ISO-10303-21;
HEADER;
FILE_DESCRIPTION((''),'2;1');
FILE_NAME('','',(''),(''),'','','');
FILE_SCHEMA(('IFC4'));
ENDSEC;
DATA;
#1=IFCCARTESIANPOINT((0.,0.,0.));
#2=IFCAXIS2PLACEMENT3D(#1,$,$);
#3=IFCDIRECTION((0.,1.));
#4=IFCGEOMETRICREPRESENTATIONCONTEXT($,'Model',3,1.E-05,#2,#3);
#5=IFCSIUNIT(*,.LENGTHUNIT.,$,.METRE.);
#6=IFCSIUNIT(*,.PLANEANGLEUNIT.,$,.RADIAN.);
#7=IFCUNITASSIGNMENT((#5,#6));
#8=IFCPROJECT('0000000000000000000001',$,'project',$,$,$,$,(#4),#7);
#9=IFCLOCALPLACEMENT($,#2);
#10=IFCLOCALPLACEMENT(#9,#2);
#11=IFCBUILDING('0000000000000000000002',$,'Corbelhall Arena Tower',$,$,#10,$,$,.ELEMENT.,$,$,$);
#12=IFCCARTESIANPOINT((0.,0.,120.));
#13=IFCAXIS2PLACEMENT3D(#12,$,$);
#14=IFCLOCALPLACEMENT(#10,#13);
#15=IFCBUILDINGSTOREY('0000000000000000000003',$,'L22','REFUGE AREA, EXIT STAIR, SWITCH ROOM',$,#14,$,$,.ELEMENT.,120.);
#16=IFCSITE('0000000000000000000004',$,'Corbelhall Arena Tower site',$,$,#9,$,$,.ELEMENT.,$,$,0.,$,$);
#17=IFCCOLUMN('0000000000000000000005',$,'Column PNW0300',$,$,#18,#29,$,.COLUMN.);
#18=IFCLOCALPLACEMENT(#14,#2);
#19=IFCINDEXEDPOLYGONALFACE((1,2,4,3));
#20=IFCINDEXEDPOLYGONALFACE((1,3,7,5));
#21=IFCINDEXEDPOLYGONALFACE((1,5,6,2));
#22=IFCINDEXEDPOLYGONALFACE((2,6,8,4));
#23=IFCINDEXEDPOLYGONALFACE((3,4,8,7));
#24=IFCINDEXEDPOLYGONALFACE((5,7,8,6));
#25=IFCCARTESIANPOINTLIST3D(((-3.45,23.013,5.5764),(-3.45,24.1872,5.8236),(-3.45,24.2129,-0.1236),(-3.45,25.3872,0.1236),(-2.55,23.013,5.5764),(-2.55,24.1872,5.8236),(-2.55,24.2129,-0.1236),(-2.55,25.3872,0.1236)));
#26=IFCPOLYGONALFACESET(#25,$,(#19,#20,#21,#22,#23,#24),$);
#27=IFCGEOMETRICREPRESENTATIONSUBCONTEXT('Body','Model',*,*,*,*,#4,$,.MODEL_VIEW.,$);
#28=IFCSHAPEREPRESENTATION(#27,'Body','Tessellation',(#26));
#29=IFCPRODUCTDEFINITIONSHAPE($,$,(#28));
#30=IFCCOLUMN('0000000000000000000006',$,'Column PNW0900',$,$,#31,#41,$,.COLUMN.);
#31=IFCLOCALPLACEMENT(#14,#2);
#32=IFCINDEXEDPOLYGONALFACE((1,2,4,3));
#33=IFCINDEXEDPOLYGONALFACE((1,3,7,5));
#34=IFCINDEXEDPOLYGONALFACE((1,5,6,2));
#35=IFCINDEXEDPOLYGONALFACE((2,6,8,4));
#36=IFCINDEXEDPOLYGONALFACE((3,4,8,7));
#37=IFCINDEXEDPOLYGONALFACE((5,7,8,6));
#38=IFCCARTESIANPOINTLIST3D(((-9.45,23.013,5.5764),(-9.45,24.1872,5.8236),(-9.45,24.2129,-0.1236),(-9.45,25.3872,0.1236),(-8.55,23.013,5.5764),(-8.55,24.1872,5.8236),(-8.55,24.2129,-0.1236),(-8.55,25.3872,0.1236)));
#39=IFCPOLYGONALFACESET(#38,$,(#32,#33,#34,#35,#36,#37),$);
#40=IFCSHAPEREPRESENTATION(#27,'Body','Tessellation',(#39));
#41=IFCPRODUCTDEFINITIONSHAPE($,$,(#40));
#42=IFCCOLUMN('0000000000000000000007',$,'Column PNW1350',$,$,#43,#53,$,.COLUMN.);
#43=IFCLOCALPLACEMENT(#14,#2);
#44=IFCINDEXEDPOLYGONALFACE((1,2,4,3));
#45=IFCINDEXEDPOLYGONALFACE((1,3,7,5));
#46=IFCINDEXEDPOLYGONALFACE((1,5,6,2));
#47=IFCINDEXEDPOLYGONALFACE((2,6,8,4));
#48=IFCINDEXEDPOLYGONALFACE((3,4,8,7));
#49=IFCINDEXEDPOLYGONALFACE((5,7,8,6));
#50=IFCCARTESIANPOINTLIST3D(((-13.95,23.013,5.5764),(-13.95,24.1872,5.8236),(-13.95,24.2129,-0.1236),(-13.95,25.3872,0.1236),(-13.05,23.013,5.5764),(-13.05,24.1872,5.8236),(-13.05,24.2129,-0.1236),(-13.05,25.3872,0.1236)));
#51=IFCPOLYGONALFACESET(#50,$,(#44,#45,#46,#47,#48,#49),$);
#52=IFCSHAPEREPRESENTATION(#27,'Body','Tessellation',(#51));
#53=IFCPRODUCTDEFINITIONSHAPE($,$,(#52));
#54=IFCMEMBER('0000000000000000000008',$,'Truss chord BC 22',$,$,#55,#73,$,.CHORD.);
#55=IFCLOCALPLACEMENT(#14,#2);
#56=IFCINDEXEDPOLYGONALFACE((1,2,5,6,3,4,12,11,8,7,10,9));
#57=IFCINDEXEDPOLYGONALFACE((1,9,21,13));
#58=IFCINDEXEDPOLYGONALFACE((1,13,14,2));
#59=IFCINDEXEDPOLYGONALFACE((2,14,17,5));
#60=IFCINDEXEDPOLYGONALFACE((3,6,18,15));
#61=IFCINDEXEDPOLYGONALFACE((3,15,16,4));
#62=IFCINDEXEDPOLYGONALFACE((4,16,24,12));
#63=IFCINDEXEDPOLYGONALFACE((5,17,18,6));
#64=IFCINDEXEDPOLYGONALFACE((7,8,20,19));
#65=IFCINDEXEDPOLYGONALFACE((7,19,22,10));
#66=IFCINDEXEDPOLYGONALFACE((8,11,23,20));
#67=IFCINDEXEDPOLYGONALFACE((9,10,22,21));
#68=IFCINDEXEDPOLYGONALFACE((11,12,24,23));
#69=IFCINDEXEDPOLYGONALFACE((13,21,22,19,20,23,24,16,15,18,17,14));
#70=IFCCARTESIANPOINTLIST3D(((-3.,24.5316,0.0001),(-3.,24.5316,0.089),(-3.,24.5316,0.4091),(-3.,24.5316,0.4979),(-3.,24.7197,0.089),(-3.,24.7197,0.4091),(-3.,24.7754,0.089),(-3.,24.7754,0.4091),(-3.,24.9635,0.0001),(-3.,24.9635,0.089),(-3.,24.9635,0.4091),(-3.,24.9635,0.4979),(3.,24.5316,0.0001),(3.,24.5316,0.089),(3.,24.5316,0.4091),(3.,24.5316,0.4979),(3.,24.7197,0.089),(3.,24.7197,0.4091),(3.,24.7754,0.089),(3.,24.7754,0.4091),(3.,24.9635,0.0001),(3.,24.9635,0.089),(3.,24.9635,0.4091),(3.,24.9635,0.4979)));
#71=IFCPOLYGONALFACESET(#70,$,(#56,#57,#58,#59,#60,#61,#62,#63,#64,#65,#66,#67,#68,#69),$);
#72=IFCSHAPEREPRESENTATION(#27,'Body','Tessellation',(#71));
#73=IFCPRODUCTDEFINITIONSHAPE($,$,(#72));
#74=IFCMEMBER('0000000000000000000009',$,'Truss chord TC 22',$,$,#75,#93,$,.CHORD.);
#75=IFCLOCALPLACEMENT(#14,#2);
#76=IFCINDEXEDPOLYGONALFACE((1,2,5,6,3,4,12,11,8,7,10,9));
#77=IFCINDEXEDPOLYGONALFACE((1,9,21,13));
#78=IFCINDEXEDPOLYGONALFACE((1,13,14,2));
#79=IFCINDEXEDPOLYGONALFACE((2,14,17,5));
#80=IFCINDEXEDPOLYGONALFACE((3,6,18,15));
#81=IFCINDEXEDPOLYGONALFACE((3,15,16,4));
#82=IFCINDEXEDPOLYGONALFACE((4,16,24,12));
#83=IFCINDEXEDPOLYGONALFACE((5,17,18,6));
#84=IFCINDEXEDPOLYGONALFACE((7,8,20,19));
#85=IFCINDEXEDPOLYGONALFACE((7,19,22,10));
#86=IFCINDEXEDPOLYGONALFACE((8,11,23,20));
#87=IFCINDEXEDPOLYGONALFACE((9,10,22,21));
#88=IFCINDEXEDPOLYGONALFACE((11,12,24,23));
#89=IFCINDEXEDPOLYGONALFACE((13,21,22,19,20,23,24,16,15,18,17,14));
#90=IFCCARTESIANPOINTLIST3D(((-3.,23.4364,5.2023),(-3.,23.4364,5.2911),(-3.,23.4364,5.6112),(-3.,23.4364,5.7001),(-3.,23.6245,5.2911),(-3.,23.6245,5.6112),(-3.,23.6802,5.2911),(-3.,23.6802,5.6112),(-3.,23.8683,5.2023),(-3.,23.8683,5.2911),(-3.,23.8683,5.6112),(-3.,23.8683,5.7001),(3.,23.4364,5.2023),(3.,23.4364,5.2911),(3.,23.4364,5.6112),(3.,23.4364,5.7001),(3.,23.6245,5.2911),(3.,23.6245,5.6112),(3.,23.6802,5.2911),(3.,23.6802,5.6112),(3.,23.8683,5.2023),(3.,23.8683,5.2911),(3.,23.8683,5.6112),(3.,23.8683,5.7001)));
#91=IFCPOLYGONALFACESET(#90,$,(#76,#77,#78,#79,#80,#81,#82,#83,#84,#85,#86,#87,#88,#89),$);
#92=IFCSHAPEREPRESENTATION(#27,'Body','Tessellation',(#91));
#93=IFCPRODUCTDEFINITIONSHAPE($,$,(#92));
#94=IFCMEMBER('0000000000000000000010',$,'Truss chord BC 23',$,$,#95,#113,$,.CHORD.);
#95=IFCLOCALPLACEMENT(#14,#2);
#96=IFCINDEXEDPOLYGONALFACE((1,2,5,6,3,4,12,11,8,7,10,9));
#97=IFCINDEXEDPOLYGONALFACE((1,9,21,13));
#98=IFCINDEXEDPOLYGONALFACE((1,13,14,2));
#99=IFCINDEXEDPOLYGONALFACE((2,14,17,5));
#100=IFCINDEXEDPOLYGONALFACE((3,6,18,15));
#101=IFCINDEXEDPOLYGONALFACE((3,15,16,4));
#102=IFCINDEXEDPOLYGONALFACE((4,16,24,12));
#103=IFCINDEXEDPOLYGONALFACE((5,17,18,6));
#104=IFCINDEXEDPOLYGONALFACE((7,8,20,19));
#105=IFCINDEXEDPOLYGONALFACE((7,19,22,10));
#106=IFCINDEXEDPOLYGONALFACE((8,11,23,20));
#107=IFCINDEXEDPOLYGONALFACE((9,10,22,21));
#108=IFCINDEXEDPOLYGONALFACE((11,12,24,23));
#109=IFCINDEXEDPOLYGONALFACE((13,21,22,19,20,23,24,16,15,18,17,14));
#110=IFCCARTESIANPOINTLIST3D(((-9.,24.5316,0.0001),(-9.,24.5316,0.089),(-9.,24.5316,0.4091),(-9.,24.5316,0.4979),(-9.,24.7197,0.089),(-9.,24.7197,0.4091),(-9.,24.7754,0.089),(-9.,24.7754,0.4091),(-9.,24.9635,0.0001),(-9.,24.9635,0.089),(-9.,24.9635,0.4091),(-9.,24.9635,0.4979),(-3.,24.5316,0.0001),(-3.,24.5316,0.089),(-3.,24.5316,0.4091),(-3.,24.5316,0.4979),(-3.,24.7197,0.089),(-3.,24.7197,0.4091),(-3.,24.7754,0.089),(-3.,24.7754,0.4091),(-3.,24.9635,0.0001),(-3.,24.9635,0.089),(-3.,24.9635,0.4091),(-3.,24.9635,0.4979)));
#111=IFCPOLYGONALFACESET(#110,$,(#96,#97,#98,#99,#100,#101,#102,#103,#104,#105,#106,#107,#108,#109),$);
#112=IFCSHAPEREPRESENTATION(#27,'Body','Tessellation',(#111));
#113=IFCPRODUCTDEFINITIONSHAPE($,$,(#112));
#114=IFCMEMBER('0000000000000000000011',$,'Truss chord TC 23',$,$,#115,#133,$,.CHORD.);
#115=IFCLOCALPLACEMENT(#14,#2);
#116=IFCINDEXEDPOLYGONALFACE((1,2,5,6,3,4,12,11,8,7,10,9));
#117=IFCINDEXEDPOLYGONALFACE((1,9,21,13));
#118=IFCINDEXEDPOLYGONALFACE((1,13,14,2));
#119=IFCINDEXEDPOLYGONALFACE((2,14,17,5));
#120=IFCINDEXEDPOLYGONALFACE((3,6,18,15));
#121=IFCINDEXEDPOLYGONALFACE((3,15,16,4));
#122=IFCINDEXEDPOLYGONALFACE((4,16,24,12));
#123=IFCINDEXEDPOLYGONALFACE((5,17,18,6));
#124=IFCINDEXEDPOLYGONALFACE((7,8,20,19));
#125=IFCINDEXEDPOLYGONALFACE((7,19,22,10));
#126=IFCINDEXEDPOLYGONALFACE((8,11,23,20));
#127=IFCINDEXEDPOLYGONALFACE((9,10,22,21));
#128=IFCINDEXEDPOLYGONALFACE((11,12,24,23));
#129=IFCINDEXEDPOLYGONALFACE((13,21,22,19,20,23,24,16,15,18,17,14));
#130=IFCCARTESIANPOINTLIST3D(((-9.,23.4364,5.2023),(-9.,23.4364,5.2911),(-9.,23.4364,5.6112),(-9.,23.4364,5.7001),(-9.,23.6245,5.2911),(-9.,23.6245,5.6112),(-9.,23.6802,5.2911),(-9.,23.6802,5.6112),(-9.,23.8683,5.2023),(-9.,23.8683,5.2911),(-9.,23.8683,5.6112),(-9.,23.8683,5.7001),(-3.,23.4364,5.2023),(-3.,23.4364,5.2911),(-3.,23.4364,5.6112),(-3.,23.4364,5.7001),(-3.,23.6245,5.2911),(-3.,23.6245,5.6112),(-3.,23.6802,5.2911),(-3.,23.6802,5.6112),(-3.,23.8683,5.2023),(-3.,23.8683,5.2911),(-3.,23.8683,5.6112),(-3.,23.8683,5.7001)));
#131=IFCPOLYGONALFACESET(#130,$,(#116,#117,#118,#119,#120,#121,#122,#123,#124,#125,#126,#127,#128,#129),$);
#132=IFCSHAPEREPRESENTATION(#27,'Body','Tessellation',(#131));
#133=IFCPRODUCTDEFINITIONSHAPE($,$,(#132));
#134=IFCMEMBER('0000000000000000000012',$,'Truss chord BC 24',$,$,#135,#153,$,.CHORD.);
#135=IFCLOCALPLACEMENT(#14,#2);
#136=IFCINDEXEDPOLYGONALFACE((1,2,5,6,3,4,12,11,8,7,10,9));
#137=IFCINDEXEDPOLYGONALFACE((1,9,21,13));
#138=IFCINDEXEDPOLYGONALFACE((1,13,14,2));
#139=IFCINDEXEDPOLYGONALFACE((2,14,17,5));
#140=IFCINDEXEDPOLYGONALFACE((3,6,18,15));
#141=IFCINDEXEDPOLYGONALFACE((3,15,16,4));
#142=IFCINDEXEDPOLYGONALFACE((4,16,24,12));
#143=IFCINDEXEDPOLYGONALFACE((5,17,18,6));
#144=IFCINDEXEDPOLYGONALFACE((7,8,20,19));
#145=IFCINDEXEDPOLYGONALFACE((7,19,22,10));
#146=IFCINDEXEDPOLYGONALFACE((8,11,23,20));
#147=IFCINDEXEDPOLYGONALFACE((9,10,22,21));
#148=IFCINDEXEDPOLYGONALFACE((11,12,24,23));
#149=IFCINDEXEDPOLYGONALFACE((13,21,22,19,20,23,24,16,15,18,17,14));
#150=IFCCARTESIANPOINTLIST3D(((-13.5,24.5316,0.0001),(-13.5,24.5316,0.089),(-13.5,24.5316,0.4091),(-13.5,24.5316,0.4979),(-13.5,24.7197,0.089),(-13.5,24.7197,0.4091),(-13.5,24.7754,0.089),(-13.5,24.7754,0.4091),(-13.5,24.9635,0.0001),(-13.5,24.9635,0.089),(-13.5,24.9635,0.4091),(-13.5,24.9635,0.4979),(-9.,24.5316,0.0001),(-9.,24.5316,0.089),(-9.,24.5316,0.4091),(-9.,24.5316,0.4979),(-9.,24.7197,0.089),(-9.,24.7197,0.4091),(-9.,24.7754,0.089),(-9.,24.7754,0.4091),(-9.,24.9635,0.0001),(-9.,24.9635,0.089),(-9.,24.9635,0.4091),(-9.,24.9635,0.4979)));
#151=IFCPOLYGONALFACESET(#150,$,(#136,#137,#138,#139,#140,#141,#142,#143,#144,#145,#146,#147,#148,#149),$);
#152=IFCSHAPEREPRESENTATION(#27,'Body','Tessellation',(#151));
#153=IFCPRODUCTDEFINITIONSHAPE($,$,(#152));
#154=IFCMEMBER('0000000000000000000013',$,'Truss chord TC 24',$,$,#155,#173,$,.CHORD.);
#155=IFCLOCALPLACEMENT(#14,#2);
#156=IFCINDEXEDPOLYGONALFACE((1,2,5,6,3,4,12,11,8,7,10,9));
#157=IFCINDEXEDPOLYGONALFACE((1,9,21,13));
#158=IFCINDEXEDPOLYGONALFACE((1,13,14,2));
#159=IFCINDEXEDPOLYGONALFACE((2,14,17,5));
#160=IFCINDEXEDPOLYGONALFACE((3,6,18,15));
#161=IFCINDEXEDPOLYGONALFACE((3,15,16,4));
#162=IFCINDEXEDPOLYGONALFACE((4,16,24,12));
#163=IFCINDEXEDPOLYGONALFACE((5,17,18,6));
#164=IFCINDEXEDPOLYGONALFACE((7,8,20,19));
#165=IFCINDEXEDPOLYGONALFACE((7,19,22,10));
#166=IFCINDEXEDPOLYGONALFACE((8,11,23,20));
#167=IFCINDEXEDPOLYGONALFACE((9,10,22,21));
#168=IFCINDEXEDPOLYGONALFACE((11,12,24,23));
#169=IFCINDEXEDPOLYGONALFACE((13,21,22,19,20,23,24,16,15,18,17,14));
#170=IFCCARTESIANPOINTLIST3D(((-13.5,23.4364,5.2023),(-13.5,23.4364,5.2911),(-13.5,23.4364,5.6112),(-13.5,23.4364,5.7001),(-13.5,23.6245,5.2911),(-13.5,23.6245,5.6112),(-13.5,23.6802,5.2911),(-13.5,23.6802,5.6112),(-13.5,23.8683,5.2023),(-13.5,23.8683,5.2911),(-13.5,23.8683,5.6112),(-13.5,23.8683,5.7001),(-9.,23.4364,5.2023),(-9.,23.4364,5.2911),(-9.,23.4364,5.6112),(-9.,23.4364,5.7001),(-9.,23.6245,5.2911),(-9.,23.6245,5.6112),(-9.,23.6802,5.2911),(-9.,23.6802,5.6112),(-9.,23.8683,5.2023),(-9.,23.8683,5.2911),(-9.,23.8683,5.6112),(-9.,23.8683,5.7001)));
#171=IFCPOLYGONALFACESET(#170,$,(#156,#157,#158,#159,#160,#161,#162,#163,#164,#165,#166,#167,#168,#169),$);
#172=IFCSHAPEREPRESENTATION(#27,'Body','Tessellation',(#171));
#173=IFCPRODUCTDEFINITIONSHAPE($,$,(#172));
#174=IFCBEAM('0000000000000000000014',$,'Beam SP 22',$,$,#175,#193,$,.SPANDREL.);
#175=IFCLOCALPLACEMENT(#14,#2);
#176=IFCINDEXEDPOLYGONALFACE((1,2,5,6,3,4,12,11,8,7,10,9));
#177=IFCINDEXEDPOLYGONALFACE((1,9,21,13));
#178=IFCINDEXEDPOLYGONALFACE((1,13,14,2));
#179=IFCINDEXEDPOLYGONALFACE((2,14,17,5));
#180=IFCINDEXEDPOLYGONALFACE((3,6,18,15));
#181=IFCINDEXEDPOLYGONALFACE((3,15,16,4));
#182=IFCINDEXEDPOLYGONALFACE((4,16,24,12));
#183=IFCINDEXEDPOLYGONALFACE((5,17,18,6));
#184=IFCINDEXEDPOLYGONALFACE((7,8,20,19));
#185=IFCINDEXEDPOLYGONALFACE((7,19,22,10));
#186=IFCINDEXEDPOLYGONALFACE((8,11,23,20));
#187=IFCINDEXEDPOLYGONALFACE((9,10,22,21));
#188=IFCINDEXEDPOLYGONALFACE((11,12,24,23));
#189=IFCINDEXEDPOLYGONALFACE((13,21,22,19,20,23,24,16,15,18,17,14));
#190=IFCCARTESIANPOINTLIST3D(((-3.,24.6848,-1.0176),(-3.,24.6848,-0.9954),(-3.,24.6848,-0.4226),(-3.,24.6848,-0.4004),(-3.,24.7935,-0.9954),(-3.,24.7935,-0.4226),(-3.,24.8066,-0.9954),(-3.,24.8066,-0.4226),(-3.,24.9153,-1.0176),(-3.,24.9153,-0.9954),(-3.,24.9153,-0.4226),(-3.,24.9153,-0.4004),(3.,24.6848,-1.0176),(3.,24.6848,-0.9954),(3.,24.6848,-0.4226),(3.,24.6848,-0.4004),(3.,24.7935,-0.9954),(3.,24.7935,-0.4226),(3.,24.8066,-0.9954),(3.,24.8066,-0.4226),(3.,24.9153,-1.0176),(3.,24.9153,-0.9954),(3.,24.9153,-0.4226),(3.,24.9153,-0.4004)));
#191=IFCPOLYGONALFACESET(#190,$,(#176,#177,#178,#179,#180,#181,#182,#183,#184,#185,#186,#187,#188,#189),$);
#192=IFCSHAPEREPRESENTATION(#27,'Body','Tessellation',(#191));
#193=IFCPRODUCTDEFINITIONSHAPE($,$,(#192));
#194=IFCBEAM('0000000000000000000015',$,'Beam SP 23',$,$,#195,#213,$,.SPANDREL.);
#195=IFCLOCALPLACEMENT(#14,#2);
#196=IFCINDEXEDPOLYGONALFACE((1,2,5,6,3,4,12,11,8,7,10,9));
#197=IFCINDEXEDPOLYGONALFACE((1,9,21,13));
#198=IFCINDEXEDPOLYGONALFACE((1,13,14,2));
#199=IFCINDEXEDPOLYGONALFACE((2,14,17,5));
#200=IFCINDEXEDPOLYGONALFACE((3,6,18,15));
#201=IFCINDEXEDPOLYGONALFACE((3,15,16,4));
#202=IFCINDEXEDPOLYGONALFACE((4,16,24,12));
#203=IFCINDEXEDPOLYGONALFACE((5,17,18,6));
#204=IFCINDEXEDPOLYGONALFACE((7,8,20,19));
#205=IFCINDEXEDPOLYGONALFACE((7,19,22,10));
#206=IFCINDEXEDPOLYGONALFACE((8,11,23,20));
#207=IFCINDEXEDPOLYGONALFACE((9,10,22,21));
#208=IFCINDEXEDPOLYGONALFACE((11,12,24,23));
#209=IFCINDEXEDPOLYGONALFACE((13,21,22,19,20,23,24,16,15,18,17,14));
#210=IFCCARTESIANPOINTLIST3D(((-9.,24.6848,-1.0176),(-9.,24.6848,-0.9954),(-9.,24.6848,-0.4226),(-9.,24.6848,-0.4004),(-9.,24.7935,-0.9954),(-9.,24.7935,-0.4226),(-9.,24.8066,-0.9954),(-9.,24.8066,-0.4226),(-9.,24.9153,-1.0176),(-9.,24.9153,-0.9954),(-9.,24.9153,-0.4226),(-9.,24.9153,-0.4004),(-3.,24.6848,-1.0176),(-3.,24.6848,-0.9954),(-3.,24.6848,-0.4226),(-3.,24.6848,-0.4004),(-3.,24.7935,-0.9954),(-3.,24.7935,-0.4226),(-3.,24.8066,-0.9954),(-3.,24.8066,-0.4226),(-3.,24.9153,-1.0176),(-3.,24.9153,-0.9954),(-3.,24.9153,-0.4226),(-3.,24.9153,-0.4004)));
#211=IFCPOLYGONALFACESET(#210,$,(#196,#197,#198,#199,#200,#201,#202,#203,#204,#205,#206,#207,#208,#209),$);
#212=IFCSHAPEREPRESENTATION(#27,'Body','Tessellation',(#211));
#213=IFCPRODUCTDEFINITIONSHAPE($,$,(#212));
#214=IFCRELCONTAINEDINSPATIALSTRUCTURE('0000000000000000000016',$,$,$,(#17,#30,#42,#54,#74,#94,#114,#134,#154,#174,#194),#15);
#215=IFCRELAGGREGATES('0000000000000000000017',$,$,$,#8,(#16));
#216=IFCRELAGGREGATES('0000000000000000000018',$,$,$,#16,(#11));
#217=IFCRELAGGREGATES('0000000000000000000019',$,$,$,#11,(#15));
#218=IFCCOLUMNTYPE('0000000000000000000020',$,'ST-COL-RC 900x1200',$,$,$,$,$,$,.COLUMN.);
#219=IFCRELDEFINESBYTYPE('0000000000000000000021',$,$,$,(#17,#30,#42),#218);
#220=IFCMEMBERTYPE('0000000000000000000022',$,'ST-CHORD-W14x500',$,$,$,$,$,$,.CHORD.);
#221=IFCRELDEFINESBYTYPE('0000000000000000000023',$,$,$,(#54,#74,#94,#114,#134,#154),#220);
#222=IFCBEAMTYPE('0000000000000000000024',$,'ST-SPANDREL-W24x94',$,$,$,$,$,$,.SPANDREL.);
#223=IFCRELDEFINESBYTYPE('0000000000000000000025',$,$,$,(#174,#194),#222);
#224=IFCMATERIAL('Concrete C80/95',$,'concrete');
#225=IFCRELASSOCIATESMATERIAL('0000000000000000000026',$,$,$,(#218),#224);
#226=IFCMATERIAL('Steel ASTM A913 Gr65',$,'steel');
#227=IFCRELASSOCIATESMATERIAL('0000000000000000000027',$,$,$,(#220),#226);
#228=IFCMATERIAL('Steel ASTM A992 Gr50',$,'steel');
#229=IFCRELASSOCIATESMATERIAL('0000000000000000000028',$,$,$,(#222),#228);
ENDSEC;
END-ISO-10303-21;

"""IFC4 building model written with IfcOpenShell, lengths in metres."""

from ifc_helpers import new_model, si_unit, direction, frame, origin, origin_2d, place, context, subcontext, project, spatial, rectangle, i_section, extrude, material, material_profile, profile_set, type_object, element, save


model = new_model("IFC4")

# Units and contexts
model_context = context("Model", 3, precision=1e-05, world=origin(), true_north=direction((0.0, 1.0)))
body_context = subcontext(model_context, "Body", "Model", "MODEL_VIEW")
ifc_project = project(units=[si_unit("LENGTHUNIT", "METRE"), si_unit("PLANEANGLEUNIT", "RADIAN")], contexts=[model_context])

# Site, building, storey
site_placement = place(None, origin())
site = spatial("IfcSite", under=ifc_project, at=site_placement, Name="Corbelhall Arena Tower site", CompositionType="ELEMENT", RefElevation=0.0)
building_placement = place(site_placement, origin())
building = spatial("IfcBuilding", under=site, at=building_placement, Name="Corbelhall Arena Tower", CompositionType="ELEMENT")
storey_placement = place(building_placement, frame((0.0, 0.0, 120.0)))
storey = spatial("IfcBuildingStorey", under=building, at=storey_placement, Name="L22", Description="REFUGE AREA, EXIT STAIR, SWITCH ROOM", CompositionType="ELEMENT", Elevation=120.0)

# Columns
ifc_material_1 = material(Name="Concrete C80/95", Category="concrete")
ifc_material_profile_1 = material_profile(ifc_material_1, rectangle(XDim=0.8999, YDim=1.2, at=origin_2d()))
ifc_profile_set_1 = profile_set([ifc_material_profile_1], Name="Concrete C80/95")
column_type = type_object("IfcColumnType", Name="ST-COL-RC 900x1200", PredefinedType="COLUMN", material=ifc_profile_set_1)
for number, where, z_axis, x_axis, name in (
    (1, (-3.0, 24.8, 0.0), (0.0, -0.206004, 0.978551), (1.0, 0.0, 0.0), "Column PNW0300"),
    (2, (-9.0, 24.8, 0.0), (0.0, -0.206004, 0.978551), (1.0, 0.0, 0.0), "Column PNW0900"),
    (3, (-13.5, 24.8, 0.0), (0.0, -0.206004, 0.978551), (1.0, 0.0, 0.0), "Column PNW1350"),
):
    element("IfcColumn", number, at=place(storey_placement, frame(where, z_axis=z_axis, x_axis=x_axis)), inside=storey, type_object=column_type, Name=name, PredefinedType="COLUMN", context=body_context, shape_type="SweptSolid", body=[
        extrude(rectangle(XDim=0.8999, YDim=1.2, at=origin_2d()), origin(), (0.0, 0.0, 1.0), 5.825),
    ])

# Members
ifc_material_2 = material(Name="Steel ASTM A913 Gr65", Category="steel")
ifc_material_profile_2 = material_profile(ifc_material_2, i_section(OverallWidth=0.4319, OverallDepth=0.4978, WebThickness=0.0557, FlangeThickness=0.0889, at=origin_2d()))
ifc_profile_set_2 = profile_set([ifc_material_profile_2], Name="Steel ASTM A913 Gr65")
member_type_1 = type_object("IfcMemberType", Name="ST-CHORD-W14x500", PredefinedType="CHORD", material=ifc_profile_set_2)
for number, where, z_axis, x_axis, name in (
    (4, (-3.0, 24.7476, 0.249), (1.0, 0.0, 0.0), (0.0, 1.0, 0.0), "Truss chord BC 22"),
    (5, (-3.0, 23.6523, 5.4512), (1.0, 0.0, 0.0), (0.0, 1.0, 0.0), "Truss chord TC 22"),
    (6, (-9.0, 24.7476, 0.249), (1.0, 0.0, 0.0), (0.0, 1.0, 0.0), "Truss chord BC 23"),
    (7, (-9.0, 23.6523, 5.4512), (1.0, 0.0, 0.0), (0.0, 1.0, 0.0), "Truss chord TC 23"),
):
    element("IfcMember", number, at=place(storey_placement, frame(where, z_axis=z_axis, x_axis=x_axis)), inside=storey, type_object=member_type_1, Name=name, PredefinedType="CHORD", context=body_context, shape_type="SweptSolid", body=[
        extrude(i_section(OverallWidth=0.4319, OverallDepth=0.4978, WebThickness=0.0557, FlangeThickness=0.0889, at=origin_2d()), origin(), (0.0, 0.0, 1.0), 6.0),
    ])
for number, where, z_axis, x_axis, name in (
    (8, (-13.5, 24.7476, 0.249), (1.0, 0.0, 0.0), (0.0, 1.0, 0.0), "Truss chord BC 24"),
    (9, (-13.5, 23.6523, 5.4512), (1.0, 0.0, 0.0), (0.0, 1.0, 0.0), "Truss chord TC 24"),
):
    element("IfcMember", number, at=place(storey_placement, frame(where, z_axis=z_axis, x_axis=x_axis)), inside=storey, type_object=member_type_1, Name=name, PredefinedType="CHORD", context=body_context, shape_type="SweptSolid", body=[
        extrude(i_section(OverallWidth=0.4319, OverallDepth=0.4978, WebThickness=0.0557, FlangeThickness=0.0889, at=origin_2d()), origin(), (0.0, 0.0, 1.0), 4.5),
    ])

# Beams
ifc_material_3 = material(Name="Steel ASTM A992 Gr50", Category="steel")
ifc_material_profile_3 = material_profile(ifc_material_3, i_section(OverallWidth=0.2305, OverallDepth=0.6172, WebThickness=0.0132, FlangeThickness=0.0222, at=origin_2d()))
ifc_profile_set_3 = profile_set([ifc_material_profile_3], Name="Steel ASTM A992 Gr50")
beam_type = type_object("IfcBeamType", Name="ST-SPANDREL-W24x94", PredefinedType="SPANDREL", material=ifc_profile_set_3)
for number, where, z_axis, x_axis, name in (
    (10, (-3.0, 24.8, -0.709), (1.0, 0.0, 0.0), (0.0, 1.0, 0.0), "Beam SP 22"),
    (11, (-9.0, 24.8, -0.709), (1.0, 0.0, 0.0), (0.0, 1.0, 0.0), "Beam SP 23"),
):
    element("IfcBeam", number, at=place(storey_placement, frame(where, z_axis=z_axis, x_axis=x_axis)), inside=storey, type_object=beam_type, Name=name, PredefinedType="SPANDREL", context=body_context, shape_type="SweptSolid", body=[
        extrude(i_section(OverallWidth=0.2305, OverallDepth=0.6172, WebThickness=0.0132, FlangeThickness=0.0222, at=origin_2d()), origin(), (0.0, 0.0, 1.0), 6.0),
    ])

save(model, "model.ifc")
